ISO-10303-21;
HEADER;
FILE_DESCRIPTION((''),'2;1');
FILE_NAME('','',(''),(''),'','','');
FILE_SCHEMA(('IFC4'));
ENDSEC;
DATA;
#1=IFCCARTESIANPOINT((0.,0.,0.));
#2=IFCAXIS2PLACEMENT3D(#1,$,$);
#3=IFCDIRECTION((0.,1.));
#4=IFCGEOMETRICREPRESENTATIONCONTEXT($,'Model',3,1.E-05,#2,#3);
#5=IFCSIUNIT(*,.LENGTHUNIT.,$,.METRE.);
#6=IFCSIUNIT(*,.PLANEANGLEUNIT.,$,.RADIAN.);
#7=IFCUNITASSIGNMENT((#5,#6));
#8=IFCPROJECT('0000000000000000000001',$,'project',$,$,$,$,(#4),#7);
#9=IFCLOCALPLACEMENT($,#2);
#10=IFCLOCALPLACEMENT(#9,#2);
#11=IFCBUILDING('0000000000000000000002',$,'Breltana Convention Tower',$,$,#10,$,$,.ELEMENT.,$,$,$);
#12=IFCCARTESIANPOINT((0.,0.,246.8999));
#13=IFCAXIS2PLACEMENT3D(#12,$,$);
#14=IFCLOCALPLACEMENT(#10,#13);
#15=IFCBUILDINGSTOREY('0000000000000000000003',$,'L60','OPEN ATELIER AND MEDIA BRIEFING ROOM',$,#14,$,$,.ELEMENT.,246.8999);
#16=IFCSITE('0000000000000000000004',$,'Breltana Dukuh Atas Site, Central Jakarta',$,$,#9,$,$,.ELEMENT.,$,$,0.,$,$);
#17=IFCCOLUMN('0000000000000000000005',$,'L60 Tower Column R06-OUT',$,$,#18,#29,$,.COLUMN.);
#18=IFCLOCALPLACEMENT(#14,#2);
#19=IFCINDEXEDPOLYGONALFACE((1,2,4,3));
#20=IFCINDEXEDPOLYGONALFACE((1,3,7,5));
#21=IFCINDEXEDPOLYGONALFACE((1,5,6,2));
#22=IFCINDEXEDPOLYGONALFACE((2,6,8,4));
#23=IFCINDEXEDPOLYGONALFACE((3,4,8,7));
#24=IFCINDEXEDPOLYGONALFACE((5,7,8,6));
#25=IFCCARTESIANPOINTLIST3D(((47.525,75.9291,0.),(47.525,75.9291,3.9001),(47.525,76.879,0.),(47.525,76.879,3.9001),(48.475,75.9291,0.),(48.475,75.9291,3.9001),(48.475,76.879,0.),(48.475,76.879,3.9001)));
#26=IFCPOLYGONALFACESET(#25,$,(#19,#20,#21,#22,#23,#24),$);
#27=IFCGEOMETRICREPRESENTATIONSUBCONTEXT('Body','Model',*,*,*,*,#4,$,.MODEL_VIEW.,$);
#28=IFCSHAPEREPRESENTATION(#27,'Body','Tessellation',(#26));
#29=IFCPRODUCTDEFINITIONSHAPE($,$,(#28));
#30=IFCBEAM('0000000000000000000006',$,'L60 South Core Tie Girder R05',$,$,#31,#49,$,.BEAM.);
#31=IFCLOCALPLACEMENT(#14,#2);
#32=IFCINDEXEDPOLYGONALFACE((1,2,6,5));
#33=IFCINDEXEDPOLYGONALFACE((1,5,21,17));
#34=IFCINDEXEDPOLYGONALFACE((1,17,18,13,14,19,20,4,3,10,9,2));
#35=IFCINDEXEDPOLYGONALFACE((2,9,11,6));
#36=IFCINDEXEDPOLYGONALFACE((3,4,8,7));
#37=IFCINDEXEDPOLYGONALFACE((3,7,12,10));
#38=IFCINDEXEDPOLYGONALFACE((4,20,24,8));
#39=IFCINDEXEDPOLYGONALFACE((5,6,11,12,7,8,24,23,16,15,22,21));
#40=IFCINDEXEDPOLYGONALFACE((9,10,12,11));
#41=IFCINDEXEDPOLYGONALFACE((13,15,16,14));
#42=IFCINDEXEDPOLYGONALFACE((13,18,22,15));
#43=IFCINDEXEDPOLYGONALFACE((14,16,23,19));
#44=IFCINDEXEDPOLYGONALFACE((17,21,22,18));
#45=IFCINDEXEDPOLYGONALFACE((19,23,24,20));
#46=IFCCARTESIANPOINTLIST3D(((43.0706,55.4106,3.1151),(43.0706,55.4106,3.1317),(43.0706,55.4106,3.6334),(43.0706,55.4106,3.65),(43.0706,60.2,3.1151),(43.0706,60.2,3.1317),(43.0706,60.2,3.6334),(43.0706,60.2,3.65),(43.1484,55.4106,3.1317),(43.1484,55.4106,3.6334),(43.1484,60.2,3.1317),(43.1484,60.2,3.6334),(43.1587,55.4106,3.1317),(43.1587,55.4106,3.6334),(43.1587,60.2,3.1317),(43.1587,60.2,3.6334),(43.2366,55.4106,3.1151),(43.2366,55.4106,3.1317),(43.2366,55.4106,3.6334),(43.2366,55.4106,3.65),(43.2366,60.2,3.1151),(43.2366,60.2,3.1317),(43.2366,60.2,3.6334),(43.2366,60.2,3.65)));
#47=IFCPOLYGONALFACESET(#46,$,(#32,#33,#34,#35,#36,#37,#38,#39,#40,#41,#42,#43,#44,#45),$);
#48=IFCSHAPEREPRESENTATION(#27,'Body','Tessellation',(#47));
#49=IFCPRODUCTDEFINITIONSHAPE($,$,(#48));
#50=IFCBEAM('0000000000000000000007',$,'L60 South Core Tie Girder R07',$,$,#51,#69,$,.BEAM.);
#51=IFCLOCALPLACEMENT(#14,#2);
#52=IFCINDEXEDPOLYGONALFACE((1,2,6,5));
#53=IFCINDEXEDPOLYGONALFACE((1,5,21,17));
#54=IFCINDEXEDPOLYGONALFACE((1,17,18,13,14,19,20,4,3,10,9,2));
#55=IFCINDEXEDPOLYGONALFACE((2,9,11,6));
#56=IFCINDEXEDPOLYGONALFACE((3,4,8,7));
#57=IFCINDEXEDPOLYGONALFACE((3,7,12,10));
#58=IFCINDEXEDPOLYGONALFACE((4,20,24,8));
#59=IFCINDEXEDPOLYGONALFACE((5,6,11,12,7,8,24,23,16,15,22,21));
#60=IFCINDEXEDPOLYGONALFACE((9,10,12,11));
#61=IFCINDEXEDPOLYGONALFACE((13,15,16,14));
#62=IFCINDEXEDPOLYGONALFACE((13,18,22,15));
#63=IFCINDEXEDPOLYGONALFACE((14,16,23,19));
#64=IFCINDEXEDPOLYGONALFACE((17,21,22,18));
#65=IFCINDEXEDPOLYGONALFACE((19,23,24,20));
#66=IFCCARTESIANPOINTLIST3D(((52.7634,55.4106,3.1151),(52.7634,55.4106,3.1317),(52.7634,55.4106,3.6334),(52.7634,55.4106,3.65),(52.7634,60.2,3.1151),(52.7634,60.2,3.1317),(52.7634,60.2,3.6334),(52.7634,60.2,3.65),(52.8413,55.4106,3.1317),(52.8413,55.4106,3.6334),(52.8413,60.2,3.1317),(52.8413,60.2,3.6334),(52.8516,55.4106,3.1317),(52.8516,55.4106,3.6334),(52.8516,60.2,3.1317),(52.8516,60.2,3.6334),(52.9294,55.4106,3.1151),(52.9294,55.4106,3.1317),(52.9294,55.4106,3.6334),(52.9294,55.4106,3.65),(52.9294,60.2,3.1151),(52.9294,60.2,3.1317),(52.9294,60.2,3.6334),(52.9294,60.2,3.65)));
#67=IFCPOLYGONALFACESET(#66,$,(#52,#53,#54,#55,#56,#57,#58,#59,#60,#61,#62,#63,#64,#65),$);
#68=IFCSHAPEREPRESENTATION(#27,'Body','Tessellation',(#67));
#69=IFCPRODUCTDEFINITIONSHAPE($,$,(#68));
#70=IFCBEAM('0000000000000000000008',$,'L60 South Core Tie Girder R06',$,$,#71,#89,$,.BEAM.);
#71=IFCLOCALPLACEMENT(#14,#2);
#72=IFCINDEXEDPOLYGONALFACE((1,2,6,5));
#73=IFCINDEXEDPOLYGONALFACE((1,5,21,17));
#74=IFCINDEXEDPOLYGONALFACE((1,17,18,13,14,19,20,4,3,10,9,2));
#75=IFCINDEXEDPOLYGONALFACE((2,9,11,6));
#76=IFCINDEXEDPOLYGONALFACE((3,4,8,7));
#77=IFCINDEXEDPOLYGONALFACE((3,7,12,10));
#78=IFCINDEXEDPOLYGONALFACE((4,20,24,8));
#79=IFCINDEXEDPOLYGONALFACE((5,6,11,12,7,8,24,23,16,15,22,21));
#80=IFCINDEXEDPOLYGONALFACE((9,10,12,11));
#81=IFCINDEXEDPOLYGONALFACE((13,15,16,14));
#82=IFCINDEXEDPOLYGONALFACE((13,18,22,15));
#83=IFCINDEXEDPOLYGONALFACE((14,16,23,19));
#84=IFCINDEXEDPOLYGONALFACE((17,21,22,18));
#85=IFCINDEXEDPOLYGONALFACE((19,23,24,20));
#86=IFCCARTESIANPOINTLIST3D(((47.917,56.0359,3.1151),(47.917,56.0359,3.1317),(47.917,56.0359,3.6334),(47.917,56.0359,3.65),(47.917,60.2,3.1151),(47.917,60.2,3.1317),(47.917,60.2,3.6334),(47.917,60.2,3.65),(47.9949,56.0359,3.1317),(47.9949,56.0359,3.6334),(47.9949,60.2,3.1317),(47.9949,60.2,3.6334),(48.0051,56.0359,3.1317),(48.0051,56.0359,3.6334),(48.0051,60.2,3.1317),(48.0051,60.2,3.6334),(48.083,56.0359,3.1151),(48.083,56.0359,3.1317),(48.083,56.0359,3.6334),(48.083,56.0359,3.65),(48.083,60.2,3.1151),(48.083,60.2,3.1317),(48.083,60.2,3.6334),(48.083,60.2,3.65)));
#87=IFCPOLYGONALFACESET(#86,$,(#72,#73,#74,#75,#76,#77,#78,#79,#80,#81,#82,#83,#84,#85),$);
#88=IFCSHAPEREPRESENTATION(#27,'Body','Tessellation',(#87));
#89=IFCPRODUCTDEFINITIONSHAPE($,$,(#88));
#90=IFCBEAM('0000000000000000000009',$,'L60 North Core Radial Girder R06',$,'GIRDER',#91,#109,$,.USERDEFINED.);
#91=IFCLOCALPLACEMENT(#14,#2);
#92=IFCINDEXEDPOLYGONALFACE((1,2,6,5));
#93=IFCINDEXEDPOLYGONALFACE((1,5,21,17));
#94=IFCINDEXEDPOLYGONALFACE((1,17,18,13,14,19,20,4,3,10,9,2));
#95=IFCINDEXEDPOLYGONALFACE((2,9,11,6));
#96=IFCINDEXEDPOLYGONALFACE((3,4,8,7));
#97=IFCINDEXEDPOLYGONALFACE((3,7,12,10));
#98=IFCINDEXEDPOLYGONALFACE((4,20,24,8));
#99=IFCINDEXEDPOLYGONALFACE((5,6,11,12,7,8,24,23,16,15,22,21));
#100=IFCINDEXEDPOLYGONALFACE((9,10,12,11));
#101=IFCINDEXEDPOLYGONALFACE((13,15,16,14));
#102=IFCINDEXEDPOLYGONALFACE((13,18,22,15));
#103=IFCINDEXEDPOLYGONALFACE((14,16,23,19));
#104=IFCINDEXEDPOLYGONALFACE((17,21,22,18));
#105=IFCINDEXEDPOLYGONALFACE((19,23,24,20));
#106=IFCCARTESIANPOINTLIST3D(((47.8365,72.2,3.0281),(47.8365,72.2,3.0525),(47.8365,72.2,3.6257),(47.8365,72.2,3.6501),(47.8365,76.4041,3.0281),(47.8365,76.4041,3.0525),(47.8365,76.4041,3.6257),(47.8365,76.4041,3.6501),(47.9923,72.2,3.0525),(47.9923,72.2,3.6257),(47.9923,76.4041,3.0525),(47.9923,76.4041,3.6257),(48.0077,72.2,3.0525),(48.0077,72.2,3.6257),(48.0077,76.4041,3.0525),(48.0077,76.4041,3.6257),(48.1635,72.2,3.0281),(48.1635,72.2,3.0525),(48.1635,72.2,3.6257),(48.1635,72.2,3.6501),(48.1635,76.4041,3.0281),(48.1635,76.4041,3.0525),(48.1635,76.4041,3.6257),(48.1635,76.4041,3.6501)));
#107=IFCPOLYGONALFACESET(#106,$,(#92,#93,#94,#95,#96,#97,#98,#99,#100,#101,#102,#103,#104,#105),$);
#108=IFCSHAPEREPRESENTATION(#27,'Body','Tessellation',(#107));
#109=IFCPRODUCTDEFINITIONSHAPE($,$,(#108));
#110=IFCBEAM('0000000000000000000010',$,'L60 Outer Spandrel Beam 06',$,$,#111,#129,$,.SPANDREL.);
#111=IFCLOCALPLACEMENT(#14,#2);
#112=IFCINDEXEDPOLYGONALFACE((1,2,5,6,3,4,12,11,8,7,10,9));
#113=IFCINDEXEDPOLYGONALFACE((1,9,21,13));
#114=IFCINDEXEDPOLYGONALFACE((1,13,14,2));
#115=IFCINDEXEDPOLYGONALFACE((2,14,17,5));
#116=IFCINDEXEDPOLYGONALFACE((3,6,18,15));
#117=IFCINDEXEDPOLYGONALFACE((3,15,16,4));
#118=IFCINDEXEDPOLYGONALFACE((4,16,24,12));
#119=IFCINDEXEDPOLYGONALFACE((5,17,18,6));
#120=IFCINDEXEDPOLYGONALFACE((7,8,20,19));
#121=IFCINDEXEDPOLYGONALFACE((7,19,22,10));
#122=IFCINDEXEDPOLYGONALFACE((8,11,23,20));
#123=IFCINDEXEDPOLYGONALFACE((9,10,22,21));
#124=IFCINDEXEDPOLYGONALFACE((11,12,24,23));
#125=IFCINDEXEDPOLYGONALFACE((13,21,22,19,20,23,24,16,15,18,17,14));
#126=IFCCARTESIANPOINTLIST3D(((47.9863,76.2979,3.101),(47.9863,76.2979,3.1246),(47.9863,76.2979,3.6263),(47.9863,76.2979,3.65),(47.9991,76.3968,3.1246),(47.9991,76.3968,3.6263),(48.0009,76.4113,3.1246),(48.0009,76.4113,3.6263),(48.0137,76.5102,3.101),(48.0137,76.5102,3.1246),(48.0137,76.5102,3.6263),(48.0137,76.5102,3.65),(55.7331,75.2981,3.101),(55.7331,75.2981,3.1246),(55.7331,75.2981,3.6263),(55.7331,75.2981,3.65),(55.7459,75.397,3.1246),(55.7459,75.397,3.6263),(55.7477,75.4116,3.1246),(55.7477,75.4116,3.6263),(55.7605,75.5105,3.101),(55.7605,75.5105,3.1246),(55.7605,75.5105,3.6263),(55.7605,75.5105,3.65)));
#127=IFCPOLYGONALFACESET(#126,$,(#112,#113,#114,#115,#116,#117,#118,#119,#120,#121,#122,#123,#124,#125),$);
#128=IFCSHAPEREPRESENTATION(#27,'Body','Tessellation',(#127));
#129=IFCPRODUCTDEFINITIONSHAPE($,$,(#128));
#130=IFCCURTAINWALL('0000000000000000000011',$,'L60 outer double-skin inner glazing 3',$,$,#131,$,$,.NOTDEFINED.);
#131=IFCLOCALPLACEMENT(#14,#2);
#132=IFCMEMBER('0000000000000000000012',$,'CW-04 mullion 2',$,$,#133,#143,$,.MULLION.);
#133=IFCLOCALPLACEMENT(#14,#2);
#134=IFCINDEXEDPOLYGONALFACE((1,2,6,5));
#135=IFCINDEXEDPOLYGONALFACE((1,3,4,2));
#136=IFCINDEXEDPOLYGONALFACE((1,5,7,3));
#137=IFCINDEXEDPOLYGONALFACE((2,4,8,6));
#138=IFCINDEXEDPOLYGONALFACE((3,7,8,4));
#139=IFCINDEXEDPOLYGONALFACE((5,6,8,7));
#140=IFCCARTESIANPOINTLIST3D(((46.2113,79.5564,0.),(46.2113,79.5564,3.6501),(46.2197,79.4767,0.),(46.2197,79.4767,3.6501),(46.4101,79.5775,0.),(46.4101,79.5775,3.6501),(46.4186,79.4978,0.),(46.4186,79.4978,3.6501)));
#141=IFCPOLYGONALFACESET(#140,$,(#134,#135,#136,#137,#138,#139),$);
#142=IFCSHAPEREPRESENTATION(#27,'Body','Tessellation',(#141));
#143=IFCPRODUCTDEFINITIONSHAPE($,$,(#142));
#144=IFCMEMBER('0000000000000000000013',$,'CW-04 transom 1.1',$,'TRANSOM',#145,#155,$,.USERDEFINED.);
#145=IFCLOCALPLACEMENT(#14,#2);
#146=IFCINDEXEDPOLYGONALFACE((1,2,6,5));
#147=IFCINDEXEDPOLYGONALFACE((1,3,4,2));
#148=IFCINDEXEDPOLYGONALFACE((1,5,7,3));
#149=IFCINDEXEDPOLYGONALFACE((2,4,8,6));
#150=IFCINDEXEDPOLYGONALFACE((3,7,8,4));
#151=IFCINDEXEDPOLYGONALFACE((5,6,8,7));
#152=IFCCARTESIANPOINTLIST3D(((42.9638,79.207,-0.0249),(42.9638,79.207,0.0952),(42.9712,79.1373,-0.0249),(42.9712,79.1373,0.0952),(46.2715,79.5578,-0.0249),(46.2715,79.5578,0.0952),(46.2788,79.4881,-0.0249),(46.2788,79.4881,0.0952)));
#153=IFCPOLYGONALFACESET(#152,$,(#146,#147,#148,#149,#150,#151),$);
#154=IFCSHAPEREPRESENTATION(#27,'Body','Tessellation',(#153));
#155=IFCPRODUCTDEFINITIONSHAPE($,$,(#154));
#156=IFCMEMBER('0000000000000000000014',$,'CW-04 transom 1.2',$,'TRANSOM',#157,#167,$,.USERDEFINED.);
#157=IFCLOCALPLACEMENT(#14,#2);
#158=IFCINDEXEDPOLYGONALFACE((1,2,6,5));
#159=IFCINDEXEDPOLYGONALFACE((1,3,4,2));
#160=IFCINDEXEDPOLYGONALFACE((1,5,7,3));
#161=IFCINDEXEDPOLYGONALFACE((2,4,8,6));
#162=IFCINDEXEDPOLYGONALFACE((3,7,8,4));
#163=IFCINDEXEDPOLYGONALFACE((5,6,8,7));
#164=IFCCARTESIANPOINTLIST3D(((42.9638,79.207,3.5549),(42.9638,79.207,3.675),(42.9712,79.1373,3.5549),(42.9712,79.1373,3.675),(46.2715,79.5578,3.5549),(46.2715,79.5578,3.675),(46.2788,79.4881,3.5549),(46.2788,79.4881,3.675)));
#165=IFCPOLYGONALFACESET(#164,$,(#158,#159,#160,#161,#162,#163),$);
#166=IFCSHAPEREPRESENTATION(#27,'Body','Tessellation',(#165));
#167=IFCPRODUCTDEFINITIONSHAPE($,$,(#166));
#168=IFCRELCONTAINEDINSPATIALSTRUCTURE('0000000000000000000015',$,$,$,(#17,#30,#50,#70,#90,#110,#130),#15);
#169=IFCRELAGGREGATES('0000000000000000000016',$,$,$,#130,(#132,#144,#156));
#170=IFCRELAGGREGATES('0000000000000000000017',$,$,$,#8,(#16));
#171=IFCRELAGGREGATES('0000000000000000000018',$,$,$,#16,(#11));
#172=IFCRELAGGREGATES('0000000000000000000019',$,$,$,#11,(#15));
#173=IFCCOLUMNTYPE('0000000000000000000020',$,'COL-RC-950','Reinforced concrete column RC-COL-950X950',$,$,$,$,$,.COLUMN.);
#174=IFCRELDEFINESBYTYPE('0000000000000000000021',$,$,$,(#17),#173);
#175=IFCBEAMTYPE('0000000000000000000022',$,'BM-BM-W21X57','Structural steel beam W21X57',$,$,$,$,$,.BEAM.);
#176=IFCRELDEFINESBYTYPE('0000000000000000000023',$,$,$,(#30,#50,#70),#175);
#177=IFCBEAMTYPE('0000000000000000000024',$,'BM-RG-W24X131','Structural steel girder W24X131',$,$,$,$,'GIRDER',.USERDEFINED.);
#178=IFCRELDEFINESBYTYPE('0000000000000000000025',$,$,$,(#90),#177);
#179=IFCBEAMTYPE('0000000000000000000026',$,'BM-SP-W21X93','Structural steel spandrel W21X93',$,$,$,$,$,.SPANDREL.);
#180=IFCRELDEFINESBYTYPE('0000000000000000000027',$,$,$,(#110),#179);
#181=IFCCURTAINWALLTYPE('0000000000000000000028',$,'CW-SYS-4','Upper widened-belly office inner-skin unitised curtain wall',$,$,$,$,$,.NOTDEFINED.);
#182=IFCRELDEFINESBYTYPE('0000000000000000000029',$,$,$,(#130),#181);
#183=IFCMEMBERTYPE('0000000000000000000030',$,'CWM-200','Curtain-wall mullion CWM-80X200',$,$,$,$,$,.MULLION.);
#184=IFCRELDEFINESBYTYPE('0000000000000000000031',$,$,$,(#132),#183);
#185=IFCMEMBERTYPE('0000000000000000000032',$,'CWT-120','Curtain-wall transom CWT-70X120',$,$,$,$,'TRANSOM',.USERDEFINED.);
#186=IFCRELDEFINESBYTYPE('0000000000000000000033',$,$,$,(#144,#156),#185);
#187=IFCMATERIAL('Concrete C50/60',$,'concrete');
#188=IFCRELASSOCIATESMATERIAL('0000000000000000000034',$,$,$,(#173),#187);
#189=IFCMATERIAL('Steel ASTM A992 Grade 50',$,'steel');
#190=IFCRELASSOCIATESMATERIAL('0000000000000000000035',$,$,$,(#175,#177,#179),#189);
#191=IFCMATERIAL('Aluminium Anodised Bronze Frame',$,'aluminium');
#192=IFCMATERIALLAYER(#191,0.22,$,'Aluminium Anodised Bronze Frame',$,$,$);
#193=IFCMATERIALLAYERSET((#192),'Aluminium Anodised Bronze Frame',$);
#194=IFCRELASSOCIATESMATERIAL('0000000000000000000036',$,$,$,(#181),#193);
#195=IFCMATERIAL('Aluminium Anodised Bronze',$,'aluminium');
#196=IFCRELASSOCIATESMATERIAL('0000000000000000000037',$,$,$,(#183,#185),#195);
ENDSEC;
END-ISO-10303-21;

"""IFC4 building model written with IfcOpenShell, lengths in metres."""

from ifc_helpers import new_model, si_unit, direction, frame, origin, origin_2d, place, context, subcontext, project, spatial, rectangle, i_section, extrude, source, transform, mapped, material, layer, layer_set, material_profile, profile_set, type_object, element, aggregate, save


model = new_model("IFC4")

# Units and contexts
model_context = context("Model", 3, precision=1e-05, world=origin(), true_north=direction((0.0, 1.0)))
body_context = subcontext(model_context, "Body", "Model", "MODEL_VIEW")
ifc_project = project(units=[si_unit("LENGTHUNIT", "METRE"), si_unit("PLANEANGLEUNIT", "RADIAN")], contexts=[model_context])

# Site, building, storey
site_placement = place(None, origin())
site = spatial("IfcSite", under=ifc_project, at=site_placement, Name="Breltana Dukuh Atas Site, Central Jakarta", CompositionType="ELEMENT", RefElevation=0.0)
building_placement = place(site_placement, origin())
building = spatial("IfcBuilding", under=site, at=building_placement, Name="Breltana Convention Tower", CompositionType="ELEMENT")
storey_placement = place(building_placement, frame((0.0, 0.0, 246.8999)))
storey = spatial("IfcBuildingStorey", under=building, at=storey_placement, Name="L60", Description="OPEN ATELIER AND MEDIA BRIEFING ROOM", CompositionType="ELEMENT", Elevation=246.8999)

# Column
ifc_material_1 = material(Name="Concrete C50/60", Category="concrete")
ifc_material_profile_1 = material_profile(ifc_material_1, rectangle(XDim=0.95, YDim=0.95, at=origin_2d()), Name="RC-COL-950X950")
ifc_profile_set_1 = profile_set([ifc_material_profile_1], Name="Concrete C50/60")
column_type = type_object("IfcColumnType", Name="COL-RC-950", Description="Reinforced concrete column RC-COL-950X950", PredefinedType="COLUMN", material=ifc_profile_set_1)
shared_shape_1 = source(origin(), body_context, "Body", "SweptSolid", [
    extrude(rectangle(XDim=0.95, YDim=0.95, at=origin_2d()), origin(), (0.0, 0.0, 1.0), 3.9001),
])
column_placement = place(storey_placement, frame((48.0, 76.4041, 0.0), z_axis=(0.0, 0.0, 1.0), x_axis=(0.0, 1.0, 0.0)))
element("IfcColumn", 1, at=column_placement, inside=storey, type_object=column_type, Name="L60 Tower Column R06-OUT", PredefinedType="COLUMN", context=body_context, shape_type="MappedRepresentation", body=[
    mapped(shared_shape_1, transform((0.0, 0.0, 0.0), scale=1.0)),
])

# Beams
ifc_material_2 = material(Name="Steel ASTM A992 Grade 50", Category="steel")
ifc_material_profile_2 = material_profile(ifc_material_2, i_section(OverallWidth=0.166, OverallDepth=0.5349, WebThickness=0.0103, FlangeThickness=0.0166, at=origin_2d()), Name="W21X57")
ifc_profile_set_2 = profile_set([ifc_material_profile_2], Name="Steel ASTM A992 Grade 50")
beam_type_1 = type_object("IfcBeamType", Name="BM-BM-W21X57", Description="Structural steel beam W21X57", PredefinedType="BEAM", material=ifc_profile_set_2)
shared_shape_2 = source(origin(), body_context, "Body", "SweptSolid", [
    extrude(i_section(OverallWidth=0.166, OverallDepth=0.5349, WebThickness=0.0103, FlangeThickness=0.0166, at=origin_2d()), origin(), (0.0, 0.0, 1.0), 4.7893),
])
for number, where, z_axis, x_axis, name in (
    (2, (43.1536, 60.2, 3.3826), (0.0, -1.0, 0.0), (1.0, 0.0, 0.0), "L60 South Core Tie Girder R05"),
    (3, (52.8464, 60.2, 3.3826), (0.0, -1.0, 0.0), (1.0, 0.0, 0.0), "L60 South Core Tie Girder R07"),
):
    element("IfcBeam", number, at=place(storey_placement, frame(where, z_axis=z_axis, x_axis=x_axis)), inside=storey, type_object=beam_type_1, Name=name, PredefinedType="BEAM", context=body_context, shape_type="MappedRepresentation", body=[
        mapped(shared_shape_2, transform((0.0, 0.0, 0.0), scale=1.0)),
    ])
shared_shape_3 = source(origin(), body_context, "Body", "SweptSolid", [
    extrude(i_section(OverallWidth=0.166, OverallDepth=0.5349, WebThickness=0.0103, FlangeThickness=0.0166, at=origin_2d()), origin(), (0.0, 0.0, 1.0), 4.1641),
])
beam_1_placement = place(storey_placement, frame((48.0, 60.2, 3.3826), z_axis=(0.0, -1.0, 0.0), x_axis=(1.0, 0.0, 0.0)))
element("IfcBeam", 4, at=beam_1_placement, inside=storey, type_object=beam_type_1, Name="L60 South Core Tie Girder R06", PredefinedType="BEAM", context=body_context, shape_type="MappedRepresentation", body=[
    mapped(shared_shape_3, transform((0.0, 0.0, 0.0), scale=1.0)),
])
ifc_material_profile_3 = material_profile(ifc_material_2, i_section(OverallWidth=0.3269, OverallDepth=0.6221, WebThickness=0.0154, FlangeThickness=0.0244, at=origin_2d()), Name="W24X131")
ifc_profile_set_3 = profile_set([ifc_material_profile_3], Name="Steel ASTM A992 Grade 50")
beam_type_2 = type_object("IfcBeamType", Name="BM-RG-W24X131", Description="Structural steel girder W24X131", ElementType="GIRDER", PredefinedType="USERDEFINED", material=ifc_profile_set_3)
shared_shape_4 = source(origin(), body_context, "Body", "SweptSolid", [
    extrude(i_section(OverallWidth=0.3269, OverallDepth=0.6221, WebThickness=0.0154, FlangeThickness=0.0244, at=origin_2d()), origin(), (0.0, 0.0, 1.0), 4.2041),
])
beam_2_placement = place(storey_placement, frame((48.0, 72.2, 3.3391), z_axis=(0.0, 1.0, 0.0), x_axis=(-1.0, 0.0, 0.0)))
element("IfcBeam", 5, at=beam_2_placement, inside=storey, type_object=beam_type_2, Name="L60 North Core Radial Girder R06", ObjectType="GIRDER", PredefinedType="USERDEFINED", context=body_context, shape_type="MappedRepresentation", body=[
    mapped(shared_shape_4, transform((0.0, 0.0, 0.0), scale=1.0)),
])
ifc_material_profile_4 = material_profile(ifc_material_2, i_section(OverallWidth=0.2141, OverallDepth=0.5491, WebThickness=0.0146, FlangeThickness=0.0237, at=origin_2d()), Name="W21X93")
ifc_profile_set_4 = profile_set([ifc_material_profile_4], Name="Steel ASTM A992 Grade 50")
beam_type_3 = type_object("IfcBeamType", Name="BM-SP-W21X93", Description="Structural steel spandrel W21X93", PredefinedType="SPANDREL", material=ifc_profile_set_4)
shared_shape_5 = source(origin(), body_context, "Body", "SweptSolid", [
    extrude(i_section(OverallWidth=0.2141, OverallDepth=0.5491, WebThickness=0.0146, FlangeThickness=0.0237, at=origin_2d()), origin(), (0.0, 0.0, 1.0), 7.811),
])
beam_3_placement = place(storey_placement, frame((48.0, 76.4041, 3.3755), z_axis=(0.991775, -0.127992, 0.0), x_axis=(0.127992, 0.991775, 0.0)))
element("IfcBeam", 6, at=beam_3_placement, inside=storey, type_object=beam_type_3, Name="L60 Outer Spandrel Beam 06", PredefinedType="SPANDREL", context=body_context, shape_type="MappedRepresentation", body=[
    mapped(shared_shape_5, transform((0.0, 0.0, 0.0), scale=1.0)),
])

# Curtain wall, members
ifc_material_3 = material(Name="Aluminium Anodised Bronze Frame", Category="aluminium")
ifc_layer_1 = layer(ifc_material_3, 0.22, Name="Aluminium Anodised Bronze Frame")
ifc_layer_set_1 = layer_set([ifc_layer_1], Name="Aluminium Anodised Bronze Frame")
curtain_wall_type = type_object("IfcCurtainWallType", Name="CW-SYS-4", Description="Upper widened-belly office inner-skin unitised curtain wall", PredefinedType="NOTDEFINED", material=ifc_layer_set_1)
curtain_wall_placement = place(storey_placement, origin())
curtain_wall = element("IfcCurtainWall", 7, at=curtain_wall_placement, inside=storey, type_object=curtain_wall_type, Name="L60 outer double-skin inner glazing 3", PredefinedType="NOTDEFINED")
ifc_material_4 = material(Name="Aluminium Anodised Bronze", Category="aluminium")
ifc_material_profile_5 = material_profile(ifc_material_4, rectangle(XDim=0.0801, YDim=0.2, at=origin_2d()), Name="CWM-80X200")
ifc_profile_set_5 = profile_set([ifc_material_profile_5], Name="Aluminium Anodised Bronze")
member_type_1 = type_object("IfcMemberType", Name="CWM-200", Description="Curtain-wall mullion CWM-80X200", PredefinedType="MULLION", material=ifc_profile_set_5)
shared_shape_6 = source(origin(), body_context, "Body", "SweptSolid", [
    extrude(rectangle(XDim=0.0801, YDim=0.2, at=origin_2d()), origin(), (0.0, 0.0, 1.0), 3.6501),
])
member_1_placement = place(storey_placement, frame((46.3149, 79.5271, 0.0), z_axis=(0.0, 0.0, 1.0), x_axis=(-0.105472, 0.994422, 0.0)))
member_1 = element("IfcMember", 8, at=member_1_placement, type_object=member_type_1, Name="CW-04 mullion 2", PredefinedType="MULLION", context=body_context, shape_type="MappedRepresentation", body=[
    mapped(shared_shape_6, transform((0.0, 0.0, 0.0), scale=1.0)),
])
ifc_material_profile_6 = material_profile(ifc_material_4, rectangle(XDim=0.0701, YDim=0.1201, at=origin_2d()), Name="CWT-70X120")
ifc_profile_set_6 = profile_set([ifc_material_profile_6], Name="Aluminium Anodised Bronze")
member_type_2 = type_object("IfcMemberType", Name="CWT-120", Description="Curtain-wall transom CWT-70X120", ElementType="TRANSOM", PredefinedType="USERDEFINED", material=ifc_profile_set_6)
shared_shape_7 = source(origin(), body_context, "Body", "SweptSolid", [
    extrude(rectangle(XDim=0.0701, YDim=0.1201, at=origin_2d()), origin(), (0.0, 0.0, 1.0), 3.3262),
])
member_2_placement = place(storey_placement, frame((42.9675, 79.1721, 0.0352), z_axis=(0.994422, 0.105476, 0.0), x_axis=(-0.105476, 0.994422, 0.0)))
member_2 = element("IfcMember", 9, at=member_2_placement, type_object=member_type_2, Name="CW-04 transom 1.1", ObjectType="TRANSOM", PredefinedType="USERDEFINED", context=body_context, shape_type="MappedRepresentation", body=[
    mapped(shared_shape_7, transform((0.0, 0.0, 0.0), scale=1.0)),
])
member_3_placement = place(storey_placement, frame((42.9675, 79.1721, 3.615), z_axis=(0.994422, 0.105476, 0.0), x_axis=(-0.105476, 0.994422, 0.0)))
member_3 = element("IfcMember", 10, at=member_3_placement, type_object=member_type_2, Name="CW-04 transom 1.2", ObjectType="TRANSOM", PredefinedType="USERDEFINED", context=body_context, shape_type="MappedRepresentation", body=[
    mapped(shared_shape_7, transform((0.0, 0.0, 0.0), scale=1.0)),
])
aggregate(curtain_wall, [member_1, member_2, member_3])

save(model, "model.ifc")
